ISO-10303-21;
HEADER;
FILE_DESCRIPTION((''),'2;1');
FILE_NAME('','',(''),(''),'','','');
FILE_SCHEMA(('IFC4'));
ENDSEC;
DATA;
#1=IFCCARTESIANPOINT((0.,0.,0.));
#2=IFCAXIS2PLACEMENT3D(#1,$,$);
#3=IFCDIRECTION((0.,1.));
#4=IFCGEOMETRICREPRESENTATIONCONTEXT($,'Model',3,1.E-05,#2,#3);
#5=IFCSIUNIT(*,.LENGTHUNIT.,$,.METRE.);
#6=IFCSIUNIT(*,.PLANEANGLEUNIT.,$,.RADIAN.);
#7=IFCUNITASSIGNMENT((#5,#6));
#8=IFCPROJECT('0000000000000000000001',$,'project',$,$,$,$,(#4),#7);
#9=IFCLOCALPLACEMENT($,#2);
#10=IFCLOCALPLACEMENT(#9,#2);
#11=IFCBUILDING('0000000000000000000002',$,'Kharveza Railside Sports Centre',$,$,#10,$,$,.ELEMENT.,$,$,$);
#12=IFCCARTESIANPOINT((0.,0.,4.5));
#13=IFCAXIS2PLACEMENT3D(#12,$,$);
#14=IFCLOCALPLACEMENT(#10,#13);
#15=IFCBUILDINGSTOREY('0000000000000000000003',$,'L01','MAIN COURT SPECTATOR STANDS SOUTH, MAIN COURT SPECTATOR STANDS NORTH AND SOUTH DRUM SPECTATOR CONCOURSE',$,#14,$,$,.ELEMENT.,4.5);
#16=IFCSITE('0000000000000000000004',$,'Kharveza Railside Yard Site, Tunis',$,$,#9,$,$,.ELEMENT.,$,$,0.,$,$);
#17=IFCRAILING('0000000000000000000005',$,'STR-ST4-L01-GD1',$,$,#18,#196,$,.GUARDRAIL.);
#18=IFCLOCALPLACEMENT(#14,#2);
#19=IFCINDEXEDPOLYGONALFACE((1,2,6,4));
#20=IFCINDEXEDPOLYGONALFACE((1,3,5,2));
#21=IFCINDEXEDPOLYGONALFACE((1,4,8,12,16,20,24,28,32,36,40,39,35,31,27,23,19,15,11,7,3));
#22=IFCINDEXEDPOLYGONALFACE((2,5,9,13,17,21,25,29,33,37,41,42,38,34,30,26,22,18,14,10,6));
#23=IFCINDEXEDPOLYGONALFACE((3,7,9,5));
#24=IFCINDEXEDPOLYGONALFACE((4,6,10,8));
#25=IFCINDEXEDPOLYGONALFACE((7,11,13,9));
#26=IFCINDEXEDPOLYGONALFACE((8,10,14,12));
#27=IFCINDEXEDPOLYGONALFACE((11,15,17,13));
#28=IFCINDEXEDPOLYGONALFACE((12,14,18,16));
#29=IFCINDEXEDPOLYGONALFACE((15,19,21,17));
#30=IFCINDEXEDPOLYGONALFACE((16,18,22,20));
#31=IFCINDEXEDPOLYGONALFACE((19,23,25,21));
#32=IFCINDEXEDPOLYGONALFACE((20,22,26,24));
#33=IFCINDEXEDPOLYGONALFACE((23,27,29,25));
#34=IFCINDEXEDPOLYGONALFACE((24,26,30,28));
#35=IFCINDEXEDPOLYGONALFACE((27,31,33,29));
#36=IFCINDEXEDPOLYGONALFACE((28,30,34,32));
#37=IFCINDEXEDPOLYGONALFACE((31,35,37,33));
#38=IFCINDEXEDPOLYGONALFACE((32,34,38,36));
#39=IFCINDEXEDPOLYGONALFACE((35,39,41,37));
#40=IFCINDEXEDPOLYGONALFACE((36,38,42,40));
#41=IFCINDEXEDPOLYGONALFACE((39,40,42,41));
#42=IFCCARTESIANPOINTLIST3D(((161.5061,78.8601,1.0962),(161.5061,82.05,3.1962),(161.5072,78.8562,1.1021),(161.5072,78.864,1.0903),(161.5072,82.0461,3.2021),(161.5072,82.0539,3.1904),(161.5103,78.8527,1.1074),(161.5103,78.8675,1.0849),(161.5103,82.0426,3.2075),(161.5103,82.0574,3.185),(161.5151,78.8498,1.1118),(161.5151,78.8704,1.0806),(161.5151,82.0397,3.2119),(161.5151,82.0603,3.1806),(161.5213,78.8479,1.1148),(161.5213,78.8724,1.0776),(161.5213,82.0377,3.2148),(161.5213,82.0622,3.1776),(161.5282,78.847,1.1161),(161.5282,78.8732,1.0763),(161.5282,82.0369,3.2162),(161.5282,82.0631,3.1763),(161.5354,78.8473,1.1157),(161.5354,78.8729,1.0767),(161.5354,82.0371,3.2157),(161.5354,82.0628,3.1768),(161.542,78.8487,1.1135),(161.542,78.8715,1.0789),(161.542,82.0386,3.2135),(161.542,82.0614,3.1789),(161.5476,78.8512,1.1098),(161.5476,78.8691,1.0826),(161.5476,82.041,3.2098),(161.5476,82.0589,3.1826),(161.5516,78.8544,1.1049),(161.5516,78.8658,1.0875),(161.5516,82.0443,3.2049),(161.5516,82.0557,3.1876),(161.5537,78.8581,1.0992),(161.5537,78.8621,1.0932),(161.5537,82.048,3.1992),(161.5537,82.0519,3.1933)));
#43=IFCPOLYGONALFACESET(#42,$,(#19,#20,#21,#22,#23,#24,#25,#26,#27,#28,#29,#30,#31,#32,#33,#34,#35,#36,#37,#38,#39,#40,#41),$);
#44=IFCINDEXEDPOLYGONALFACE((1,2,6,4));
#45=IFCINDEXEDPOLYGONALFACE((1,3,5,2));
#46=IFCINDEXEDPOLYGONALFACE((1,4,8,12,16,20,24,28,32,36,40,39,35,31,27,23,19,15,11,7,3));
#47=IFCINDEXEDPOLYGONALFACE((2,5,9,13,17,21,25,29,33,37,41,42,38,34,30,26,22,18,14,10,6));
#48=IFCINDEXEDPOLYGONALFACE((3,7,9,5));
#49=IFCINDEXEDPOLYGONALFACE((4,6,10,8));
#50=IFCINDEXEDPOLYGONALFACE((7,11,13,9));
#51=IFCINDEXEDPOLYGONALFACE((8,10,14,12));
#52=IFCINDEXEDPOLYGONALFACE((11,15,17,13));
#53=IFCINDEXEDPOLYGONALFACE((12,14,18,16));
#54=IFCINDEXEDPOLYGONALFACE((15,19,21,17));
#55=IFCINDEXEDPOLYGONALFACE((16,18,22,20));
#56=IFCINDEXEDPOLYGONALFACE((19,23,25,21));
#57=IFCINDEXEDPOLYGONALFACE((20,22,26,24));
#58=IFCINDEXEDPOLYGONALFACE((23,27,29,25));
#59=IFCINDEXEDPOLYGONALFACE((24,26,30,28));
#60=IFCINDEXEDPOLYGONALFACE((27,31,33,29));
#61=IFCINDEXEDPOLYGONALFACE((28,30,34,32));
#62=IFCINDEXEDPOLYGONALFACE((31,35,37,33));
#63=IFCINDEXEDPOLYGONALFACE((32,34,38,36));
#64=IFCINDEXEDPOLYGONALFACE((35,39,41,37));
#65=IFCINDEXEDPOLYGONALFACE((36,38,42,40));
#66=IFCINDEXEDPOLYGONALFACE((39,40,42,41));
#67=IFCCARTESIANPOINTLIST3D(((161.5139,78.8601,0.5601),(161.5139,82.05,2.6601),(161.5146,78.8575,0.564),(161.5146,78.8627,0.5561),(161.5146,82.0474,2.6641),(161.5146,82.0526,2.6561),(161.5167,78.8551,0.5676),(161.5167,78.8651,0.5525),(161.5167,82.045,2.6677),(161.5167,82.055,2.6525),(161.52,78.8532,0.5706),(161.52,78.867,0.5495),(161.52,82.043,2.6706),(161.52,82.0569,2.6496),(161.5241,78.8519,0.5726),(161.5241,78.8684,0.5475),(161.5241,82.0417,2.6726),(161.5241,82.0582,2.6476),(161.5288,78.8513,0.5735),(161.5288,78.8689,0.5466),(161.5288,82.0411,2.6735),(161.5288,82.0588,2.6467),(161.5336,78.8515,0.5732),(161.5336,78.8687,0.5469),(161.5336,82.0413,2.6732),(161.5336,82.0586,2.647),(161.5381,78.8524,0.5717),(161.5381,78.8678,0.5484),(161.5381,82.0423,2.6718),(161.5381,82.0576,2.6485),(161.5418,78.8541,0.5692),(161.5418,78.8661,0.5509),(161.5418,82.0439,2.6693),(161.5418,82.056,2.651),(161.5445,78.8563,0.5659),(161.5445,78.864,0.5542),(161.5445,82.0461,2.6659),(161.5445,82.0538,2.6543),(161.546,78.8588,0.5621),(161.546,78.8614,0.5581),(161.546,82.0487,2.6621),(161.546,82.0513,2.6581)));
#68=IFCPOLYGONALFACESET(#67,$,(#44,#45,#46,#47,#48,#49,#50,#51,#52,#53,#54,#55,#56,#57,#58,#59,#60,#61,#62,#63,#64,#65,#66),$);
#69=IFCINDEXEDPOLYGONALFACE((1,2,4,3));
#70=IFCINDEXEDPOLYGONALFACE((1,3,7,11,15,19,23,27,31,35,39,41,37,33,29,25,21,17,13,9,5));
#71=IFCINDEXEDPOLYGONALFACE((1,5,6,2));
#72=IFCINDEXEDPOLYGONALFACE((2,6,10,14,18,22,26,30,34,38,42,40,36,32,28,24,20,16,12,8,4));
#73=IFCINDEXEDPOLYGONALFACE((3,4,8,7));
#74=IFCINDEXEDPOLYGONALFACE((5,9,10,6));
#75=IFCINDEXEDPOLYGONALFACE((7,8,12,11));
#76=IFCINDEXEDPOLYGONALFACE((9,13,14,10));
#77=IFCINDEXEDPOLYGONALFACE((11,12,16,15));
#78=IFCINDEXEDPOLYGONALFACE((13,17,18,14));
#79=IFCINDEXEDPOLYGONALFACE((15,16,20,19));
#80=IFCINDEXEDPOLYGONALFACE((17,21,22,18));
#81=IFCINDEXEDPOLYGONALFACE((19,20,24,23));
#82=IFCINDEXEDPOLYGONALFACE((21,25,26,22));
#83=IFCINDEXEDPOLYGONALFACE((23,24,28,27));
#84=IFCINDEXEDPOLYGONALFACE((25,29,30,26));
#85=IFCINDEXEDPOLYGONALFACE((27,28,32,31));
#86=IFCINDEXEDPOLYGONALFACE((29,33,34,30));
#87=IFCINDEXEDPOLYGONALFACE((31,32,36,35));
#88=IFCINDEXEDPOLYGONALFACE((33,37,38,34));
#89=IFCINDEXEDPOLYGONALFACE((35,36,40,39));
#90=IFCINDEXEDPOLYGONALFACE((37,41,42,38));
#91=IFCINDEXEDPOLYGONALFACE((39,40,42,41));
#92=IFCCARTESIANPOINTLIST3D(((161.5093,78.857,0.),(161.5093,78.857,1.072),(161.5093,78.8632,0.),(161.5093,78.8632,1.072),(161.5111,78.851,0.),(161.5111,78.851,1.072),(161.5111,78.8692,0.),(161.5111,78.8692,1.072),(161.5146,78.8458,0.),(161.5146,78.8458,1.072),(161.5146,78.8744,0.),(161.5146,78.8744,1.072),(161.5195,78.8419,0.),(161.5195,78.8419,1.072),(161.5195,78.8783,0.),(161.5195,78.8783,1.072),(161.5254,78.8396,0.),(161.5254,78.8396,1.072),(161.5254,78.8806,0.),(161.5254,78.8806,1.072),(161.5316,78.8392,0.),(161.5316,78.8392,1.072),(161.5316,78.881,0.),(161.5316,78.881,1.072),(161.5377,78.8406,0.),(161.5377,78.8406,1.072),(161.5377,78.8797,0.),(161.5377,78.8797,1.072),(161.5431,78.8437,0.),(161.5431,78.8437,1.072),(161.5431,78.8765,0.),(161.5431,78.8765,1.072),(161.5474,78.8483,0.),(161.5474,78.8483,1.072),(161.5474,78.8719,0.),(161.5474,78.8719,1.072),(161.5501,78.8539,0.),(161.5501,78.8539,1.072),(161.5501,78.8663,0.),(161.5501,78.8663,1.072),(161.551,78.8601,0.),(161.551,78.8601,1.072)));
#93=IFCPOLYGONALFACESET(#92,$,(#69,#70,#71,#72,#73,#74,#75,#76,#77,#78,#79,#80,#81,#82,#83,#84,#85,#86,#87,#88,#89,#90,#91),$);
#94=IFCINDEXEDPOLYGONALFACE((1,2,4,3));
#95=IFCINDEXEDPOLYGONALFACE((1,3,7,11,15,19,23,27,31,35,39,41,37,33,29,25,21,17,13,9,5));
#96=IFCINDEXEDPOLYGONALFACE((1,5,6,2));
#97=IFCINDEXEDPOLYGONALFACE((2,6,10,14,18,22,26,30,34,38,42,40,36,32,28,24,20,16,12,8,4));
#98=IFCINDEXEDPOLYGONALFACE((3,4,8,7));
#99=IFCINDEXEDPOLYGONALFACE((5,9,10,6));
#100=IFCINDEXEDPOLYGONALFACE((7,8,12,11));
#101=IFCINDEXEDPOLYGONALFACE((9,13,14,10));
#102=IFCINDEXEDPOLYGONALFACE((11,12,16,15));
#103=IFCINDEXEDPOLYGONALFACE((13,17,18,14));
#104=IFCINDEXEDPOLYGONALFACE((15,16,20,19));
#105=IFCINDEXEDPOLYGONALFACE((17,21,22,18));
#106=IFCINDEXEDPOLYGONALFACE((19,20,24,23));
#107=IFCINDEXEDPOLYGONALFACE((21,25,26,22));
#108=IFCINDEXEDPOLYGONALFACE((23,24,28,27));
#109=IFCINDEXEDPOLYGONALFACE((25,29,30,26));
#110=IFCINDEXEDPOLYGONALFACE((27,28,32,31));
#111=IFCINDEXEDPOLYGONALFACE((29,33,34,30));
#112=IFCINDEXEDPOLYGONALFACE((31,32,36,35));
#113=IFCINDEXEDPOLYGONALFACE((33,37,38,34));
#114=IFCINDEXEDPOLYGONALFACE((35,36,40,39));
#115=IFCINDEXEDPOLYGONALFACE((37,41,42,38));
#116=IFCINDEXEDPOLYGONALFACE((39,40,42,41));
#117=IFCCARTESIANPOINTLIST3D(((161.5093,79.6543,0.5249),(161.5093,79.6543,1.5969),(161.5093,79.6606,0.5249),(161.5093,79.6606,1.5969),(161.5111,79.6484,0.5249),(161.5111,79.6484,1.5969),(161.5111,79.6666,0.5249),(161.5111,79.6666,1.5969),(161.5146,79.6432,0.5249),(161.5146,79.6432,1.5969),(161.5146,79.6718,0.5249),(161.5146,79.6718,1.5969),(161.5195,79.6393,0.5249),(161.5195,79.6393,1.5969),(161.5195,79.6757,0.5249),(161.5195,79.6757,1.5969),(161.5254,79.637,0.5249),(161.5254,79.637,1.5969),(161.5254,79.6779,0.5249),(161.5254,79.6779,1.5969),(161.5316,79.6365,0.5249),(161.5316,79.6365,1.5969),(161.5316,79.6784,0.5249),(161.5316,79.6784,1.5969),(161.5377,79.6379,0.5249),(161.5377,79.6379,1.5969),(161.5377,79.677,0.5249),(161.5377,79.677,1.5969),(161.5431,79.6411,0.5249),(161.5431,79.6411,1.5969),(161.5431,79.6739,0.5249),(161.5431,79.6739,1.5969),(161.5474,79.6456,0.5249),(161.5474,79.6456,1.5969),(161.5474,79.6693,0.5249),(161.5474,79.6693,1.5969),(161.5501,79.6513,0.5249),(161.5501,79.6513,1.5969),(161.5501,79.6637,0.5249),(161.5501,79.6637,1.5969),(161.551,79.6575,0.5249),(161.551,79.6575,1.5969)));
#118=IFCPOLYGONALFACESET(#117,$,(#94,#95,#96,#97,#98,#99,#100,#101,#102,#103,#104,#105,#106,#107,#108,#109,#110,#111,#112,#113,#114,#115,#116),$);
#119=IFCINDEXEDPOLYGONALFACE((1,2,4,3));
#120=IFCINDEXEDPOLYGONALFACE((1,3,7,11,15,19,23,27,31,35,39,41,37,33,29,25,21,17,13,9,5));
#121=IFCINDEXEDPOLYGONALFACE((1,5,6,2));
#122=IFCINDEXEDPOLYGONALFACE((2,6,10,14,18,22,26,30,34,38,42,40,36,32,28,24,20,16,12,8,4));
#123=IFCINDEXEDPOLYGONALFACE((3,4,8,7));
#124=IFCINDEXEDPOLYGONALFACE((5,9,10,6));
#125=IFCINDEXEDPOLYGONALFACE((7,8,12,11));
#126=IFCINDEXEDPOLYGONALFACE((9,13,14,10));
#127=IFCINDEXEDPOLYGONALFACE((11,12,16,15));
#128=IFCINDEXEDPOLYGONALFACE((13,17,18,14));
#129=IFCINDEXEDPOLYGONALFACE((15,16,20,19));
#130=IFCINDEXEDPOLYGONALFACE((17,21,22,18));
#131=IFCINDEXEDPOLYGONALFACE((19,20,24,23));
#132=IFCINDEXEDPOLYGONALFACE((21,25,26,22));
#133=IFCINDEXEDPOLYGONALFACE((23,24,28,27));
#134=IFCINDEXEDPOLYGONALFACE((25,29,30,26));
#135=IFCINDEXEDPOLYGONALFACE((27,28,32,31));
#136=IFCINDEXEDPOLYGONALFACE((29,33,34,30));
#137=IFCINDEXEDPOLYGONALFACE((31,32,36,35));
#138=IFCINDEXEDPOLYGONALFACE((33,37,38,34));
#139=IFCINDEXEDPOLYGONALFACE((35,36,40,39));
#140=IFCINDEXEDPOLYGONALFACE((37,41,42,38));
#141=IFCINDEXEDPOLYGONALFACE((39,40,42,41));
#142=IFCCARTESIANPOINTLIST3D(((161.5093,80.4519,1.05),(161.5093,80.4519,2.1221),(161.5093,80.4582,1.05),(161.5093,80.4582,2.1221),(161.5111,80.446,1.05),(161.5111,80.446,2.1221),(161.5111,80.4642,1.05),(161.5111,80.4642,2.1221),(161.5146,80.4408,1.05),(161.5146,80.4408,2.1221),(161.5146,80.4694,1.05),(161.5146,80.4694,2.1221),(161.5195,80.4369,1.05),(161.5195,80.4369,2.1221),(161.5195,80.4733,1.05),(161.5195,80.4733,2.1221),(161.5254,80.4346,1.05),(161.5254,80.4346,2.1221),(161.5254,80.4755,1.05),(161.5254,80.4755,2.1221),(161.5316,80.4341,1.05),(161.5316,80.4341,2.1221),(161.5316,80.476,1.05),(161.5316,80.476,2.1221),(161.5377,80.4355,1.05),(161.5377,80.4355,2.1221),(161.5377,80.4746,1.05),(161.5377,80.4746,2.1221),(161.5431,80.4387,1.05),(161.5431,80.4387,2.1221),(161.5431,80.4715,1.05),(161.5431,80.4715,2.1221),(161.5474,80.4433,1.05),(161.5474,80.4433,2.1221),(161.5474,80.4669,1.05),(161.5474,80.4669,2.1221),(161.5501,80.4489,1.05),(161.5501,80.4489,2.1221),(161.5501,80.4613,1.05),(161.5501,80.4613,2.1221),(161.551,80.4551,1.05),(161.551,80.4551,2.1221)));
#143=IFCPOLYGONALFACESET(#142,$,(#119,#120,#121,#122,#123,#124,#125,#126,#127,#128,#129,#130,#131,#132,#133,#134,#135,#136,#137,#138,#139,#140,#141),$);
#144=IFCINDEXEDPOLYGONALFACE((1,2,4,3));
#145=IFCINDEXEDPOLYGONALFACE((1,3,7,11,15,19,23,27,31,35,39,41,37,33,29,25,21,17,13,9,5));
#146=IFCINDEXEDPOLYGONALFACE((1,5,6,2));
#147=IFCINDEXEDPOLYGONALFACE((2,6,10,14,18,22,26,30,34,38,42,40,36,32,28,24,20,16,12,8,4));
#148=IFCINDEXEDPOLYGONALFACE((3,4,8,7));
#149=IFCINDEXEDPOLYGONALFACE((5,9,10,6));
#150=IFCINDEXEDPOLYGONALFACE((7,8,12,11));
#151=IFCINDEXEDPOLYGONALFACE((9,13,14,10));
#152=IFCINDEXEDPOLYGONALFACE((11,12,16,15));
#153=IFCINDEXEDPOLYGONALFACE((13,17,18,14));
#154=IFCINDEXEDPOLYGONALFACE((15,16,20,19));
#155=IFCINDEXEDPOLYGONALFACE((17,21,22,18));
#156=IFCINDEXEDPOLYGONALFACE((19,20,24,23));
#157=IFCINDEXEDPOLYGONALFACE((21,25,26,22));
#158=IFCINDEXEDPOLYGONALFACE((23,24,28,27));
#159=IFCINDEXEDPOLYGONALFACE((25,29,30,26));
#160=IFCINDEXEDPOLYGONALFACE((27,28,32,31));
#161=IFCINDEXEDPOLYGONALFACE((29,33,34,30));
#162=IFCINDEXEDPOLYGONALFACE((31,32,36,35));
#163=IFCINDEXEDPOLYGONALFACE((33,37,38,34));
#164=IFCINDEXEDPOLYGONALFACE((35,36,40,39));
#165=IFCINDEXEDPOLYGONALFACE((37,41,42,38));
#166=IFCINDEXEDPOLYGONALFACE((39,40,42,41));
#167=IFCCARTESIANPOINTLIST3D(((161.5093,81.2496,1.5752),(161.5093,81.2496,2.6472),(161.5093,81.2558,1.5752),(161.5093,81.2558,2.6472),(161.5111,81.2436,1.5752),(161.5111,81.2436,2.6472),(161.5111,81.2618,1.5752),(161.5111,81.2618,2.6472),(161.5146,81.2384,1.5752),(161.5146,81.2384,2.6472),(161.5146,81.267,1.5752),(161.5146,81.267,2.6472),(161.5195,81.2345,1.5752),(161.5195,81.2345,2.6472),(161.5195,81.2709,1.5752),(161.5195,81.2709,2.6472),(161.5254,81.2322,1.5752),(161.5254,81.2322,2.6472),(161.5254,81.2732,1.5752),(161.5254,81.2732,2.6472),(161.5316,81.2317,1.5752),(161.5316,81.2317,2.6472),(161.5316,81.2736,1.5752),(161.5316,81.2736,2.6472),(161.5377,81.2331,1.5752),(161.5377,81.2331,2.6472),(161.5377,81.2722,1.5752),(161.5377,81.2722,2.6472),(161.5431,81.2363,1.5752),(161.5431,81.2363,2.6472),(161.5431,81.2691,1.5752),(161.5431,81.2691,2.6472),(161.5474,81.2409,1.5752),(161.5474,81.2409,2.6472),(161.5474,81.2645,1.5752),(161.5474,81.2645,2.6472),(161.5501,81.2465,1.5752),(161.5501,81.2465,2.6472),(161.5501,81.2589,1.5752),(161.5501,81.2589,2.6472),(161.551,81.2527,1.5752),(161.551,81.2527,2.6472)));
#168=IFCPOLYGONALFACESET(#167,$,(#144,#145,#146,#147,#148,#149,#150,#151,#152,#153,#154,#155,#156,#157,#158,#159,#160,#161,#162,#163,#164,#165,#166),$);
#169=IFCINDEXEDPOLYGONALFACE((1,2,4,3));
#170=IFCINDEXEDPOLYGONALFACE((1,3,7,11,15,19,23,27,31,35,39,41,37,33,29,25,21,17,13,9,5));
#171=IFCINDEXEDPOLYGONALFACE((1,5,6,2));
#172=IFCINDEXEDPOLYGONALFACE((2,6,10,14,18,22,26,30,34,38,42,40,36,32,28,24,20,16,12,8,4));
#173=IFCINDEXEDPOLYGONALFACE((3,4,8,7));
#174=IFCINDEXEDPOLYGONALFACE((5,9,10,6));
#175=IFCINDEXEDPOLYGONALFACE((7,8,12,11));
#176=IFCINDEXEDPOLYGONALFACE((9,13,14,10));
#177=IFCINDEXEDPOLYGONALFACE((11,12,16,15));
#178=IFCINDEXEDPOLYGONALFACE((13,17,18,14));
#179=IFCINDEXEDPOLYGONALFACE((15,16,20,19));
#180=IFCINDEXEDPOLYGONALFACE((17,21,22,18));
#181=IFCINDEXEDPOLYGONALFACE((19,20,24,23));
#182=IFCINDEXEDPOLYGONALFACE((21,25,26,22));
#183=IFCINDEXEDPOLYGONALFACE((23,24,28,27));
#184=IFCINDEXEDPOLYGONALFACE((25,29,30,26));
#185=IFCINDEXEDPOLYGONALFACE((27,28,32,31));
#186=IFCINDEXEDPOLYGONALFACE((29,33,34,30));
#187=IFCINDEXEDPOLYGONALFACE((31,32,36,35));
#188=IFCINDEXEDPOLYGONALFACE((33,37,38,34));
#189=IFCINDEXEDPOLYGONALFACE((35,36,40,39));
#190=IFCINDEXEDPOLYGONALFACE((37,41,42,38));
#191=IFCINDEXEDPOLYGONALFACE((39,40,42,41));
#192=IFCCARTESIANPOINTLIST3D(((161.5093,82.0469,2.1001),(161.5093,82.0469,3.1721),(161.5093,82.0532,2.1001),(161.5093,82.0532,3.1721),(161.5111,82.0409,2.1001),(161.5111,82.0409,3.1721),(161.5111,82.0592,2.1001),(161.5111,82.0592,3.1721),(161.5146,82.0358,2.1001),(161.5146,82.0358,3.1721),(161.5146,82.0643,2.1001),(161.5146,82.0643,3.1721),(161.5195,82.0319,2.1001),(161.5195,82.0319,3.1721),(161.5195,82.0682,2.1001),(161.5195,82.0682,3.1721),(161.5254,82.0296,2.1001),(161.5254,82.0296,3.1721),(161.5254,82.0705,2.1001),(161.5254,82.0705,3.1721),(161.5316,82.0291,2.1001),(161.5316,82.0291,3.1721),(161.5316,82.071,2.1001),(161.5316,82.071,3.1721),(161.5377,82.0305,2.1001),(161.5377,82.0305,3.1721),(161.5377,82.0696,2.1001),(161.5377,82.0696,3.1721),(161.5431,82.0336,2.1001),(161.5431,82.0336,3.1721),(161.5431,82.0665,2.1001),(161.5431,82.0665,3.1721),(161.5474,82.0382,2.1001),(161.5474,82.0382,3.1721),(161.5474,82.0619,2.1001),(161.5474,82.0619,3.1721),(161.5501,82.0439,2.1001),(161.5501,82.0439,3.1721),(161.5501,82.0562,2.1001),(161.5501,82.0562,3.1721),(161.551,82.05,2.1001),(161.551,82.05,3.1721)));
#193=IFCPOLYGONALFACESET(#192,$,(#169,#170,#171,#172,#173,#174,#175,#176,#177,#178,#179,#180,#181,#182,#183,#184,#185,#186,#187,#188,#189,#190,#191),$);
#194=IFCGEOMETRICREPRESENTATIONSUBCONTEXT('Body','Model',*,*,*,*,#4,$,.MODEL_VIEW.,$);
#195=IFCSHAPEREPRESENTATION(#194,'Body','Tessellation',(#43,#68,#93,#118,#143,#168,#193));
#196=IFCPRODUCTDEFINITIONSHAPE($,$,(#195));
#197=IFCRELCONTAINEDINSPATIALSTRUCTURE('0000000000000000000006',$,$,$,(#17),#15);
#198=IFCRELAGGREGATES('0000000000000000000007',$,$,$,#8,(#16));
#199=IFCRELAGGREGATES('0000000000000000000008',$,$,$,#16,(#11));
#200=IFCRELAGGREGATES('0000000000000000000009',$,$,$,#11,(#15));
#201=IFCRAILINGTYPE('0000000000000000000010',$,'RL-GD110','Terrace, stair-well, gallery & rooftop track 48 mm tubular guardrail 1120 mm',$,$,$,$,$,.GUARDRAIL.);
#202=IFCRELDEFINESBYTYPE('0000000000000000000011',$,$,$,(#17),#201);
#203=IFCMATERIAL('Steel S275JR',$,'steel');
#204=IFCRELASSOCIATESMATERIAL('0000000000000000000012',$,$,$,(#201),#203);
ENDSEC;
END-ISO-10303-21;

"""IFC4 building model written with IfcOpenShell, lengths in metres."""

from ifc_helpers import new_model, si_unit, direction, frame, origin, origin_2d, place, context, subcontext, project, spatial, circle, extrude, material, type_object, element, save


model = new_model("IFC4")

# Units and contexts
model_context = context("Model", 3, precision=1e-05, world=origin(), true_north=direction((0.0, 1.0)))
body_context = subcontext(model_context, "Body", "Model", "MODEL_VIEW")
ifc_project = project(units=[si_unit("LENGTHUNIT", "METRE"), si_unit("PLANEANGLEUNIT", "RADIAN")], contexts=[model_context])

# Site, building, storey
site_placement = place(None, origin())
site = spatial("IfcSite", under=ifc_project, at=site_placement, Name="Kharveza Railside Yard Site, Tunis", CompositionType="ELEMENT", RefElevation=0.0)
building_placement = place(site_placement, origin())
building = spatial("IfcBuilding", under=site, at=building_placement, Name="Kharveza Railside Sports Centre", CompositionType="ELEMENT")
storey_placement = place(building_placement, frame((0.0, 0.0, 4.5)))
storey = spatial("IfcBuildingStorey", under=building, at=storey_placement, Name="L01", Description="MAIN COURT SPECTATOR STANDS SOUTH, MAIN COURT SPECTATOR STANDS NORTH AND SOUTH DRUM SPECTATOR CONCOURSE", CompositionType="ELEMENT", Elevation=4.5)

# Railing
ifc_material_1 = material(Name="Steel S275JR", Category="steel")
railing_type_1 = type_object("IfcRailingType", Name="RL-GD110", Description="Terrace, stair-well, gallery & rooftop track 48 mm tubular guardrail 1120 mm", PredefinedType="GUARDRAIL", material=ifc_material_1)
railing_1_placement = place(storey_placement, frame((161.53, 78.8601, 0.0)))
element("IfcRailing", 1, at=railing_1_placement, inside=storey, type_object=railing_type_1, Name="STR-ST4-L01-GD1", PredefinedType="GUARDRAIL", context=body_context, shape_type="SweptSolid", body=[
    extrude(circle(Radius=0.0239, at=origin_2d()), frame((0.0, 0.0, 1.0962), z_axis=(0.0, 0.835242, 0.549882), x_axis=(-1.0, 0.0, 0.0)), (0.0, 0.0, 1.0), 3.8191),
    extrude(circle(Radius=0.0161, at=origin_2d()), frame((0.0, 0.0, 0.5601), z_axis=(0.0, 0.835242, 0.549882), x_axis=(-1.0, 0.0, 0.0)), (0.0, 0.0, 1.0), 3.8191),
    extrude(circle(Radius=0.021, at=origin_2d()), origin(), (0.0, 0.0, 1.0), 1.072),
    extrude(circle(Radius=0.021, at=origin_2d()), frame((0.0, 0.7974, 0.5249)), (0.0, 0.0, 1.0), 1.072),
    extrude(circle(Radius=0.021, at=origin_2d()), frame((0.0, 1.595, 1.05)), (0.0, 0.0, 1.0), 1.072),
    extrude(circle(Radius=0.021, at=origin_2d()), frame((0.0, 2.3926, 1.5752)), (0.0, 0.0, 1.0), 1.072),
    extrude(circle(Radius=0.021, at=origin_2d()), frame((0.0, 3.1899, 2.1001)), (0.0, 0.0, 1.0), 1.072),
])

save(model, "model.ifc")
